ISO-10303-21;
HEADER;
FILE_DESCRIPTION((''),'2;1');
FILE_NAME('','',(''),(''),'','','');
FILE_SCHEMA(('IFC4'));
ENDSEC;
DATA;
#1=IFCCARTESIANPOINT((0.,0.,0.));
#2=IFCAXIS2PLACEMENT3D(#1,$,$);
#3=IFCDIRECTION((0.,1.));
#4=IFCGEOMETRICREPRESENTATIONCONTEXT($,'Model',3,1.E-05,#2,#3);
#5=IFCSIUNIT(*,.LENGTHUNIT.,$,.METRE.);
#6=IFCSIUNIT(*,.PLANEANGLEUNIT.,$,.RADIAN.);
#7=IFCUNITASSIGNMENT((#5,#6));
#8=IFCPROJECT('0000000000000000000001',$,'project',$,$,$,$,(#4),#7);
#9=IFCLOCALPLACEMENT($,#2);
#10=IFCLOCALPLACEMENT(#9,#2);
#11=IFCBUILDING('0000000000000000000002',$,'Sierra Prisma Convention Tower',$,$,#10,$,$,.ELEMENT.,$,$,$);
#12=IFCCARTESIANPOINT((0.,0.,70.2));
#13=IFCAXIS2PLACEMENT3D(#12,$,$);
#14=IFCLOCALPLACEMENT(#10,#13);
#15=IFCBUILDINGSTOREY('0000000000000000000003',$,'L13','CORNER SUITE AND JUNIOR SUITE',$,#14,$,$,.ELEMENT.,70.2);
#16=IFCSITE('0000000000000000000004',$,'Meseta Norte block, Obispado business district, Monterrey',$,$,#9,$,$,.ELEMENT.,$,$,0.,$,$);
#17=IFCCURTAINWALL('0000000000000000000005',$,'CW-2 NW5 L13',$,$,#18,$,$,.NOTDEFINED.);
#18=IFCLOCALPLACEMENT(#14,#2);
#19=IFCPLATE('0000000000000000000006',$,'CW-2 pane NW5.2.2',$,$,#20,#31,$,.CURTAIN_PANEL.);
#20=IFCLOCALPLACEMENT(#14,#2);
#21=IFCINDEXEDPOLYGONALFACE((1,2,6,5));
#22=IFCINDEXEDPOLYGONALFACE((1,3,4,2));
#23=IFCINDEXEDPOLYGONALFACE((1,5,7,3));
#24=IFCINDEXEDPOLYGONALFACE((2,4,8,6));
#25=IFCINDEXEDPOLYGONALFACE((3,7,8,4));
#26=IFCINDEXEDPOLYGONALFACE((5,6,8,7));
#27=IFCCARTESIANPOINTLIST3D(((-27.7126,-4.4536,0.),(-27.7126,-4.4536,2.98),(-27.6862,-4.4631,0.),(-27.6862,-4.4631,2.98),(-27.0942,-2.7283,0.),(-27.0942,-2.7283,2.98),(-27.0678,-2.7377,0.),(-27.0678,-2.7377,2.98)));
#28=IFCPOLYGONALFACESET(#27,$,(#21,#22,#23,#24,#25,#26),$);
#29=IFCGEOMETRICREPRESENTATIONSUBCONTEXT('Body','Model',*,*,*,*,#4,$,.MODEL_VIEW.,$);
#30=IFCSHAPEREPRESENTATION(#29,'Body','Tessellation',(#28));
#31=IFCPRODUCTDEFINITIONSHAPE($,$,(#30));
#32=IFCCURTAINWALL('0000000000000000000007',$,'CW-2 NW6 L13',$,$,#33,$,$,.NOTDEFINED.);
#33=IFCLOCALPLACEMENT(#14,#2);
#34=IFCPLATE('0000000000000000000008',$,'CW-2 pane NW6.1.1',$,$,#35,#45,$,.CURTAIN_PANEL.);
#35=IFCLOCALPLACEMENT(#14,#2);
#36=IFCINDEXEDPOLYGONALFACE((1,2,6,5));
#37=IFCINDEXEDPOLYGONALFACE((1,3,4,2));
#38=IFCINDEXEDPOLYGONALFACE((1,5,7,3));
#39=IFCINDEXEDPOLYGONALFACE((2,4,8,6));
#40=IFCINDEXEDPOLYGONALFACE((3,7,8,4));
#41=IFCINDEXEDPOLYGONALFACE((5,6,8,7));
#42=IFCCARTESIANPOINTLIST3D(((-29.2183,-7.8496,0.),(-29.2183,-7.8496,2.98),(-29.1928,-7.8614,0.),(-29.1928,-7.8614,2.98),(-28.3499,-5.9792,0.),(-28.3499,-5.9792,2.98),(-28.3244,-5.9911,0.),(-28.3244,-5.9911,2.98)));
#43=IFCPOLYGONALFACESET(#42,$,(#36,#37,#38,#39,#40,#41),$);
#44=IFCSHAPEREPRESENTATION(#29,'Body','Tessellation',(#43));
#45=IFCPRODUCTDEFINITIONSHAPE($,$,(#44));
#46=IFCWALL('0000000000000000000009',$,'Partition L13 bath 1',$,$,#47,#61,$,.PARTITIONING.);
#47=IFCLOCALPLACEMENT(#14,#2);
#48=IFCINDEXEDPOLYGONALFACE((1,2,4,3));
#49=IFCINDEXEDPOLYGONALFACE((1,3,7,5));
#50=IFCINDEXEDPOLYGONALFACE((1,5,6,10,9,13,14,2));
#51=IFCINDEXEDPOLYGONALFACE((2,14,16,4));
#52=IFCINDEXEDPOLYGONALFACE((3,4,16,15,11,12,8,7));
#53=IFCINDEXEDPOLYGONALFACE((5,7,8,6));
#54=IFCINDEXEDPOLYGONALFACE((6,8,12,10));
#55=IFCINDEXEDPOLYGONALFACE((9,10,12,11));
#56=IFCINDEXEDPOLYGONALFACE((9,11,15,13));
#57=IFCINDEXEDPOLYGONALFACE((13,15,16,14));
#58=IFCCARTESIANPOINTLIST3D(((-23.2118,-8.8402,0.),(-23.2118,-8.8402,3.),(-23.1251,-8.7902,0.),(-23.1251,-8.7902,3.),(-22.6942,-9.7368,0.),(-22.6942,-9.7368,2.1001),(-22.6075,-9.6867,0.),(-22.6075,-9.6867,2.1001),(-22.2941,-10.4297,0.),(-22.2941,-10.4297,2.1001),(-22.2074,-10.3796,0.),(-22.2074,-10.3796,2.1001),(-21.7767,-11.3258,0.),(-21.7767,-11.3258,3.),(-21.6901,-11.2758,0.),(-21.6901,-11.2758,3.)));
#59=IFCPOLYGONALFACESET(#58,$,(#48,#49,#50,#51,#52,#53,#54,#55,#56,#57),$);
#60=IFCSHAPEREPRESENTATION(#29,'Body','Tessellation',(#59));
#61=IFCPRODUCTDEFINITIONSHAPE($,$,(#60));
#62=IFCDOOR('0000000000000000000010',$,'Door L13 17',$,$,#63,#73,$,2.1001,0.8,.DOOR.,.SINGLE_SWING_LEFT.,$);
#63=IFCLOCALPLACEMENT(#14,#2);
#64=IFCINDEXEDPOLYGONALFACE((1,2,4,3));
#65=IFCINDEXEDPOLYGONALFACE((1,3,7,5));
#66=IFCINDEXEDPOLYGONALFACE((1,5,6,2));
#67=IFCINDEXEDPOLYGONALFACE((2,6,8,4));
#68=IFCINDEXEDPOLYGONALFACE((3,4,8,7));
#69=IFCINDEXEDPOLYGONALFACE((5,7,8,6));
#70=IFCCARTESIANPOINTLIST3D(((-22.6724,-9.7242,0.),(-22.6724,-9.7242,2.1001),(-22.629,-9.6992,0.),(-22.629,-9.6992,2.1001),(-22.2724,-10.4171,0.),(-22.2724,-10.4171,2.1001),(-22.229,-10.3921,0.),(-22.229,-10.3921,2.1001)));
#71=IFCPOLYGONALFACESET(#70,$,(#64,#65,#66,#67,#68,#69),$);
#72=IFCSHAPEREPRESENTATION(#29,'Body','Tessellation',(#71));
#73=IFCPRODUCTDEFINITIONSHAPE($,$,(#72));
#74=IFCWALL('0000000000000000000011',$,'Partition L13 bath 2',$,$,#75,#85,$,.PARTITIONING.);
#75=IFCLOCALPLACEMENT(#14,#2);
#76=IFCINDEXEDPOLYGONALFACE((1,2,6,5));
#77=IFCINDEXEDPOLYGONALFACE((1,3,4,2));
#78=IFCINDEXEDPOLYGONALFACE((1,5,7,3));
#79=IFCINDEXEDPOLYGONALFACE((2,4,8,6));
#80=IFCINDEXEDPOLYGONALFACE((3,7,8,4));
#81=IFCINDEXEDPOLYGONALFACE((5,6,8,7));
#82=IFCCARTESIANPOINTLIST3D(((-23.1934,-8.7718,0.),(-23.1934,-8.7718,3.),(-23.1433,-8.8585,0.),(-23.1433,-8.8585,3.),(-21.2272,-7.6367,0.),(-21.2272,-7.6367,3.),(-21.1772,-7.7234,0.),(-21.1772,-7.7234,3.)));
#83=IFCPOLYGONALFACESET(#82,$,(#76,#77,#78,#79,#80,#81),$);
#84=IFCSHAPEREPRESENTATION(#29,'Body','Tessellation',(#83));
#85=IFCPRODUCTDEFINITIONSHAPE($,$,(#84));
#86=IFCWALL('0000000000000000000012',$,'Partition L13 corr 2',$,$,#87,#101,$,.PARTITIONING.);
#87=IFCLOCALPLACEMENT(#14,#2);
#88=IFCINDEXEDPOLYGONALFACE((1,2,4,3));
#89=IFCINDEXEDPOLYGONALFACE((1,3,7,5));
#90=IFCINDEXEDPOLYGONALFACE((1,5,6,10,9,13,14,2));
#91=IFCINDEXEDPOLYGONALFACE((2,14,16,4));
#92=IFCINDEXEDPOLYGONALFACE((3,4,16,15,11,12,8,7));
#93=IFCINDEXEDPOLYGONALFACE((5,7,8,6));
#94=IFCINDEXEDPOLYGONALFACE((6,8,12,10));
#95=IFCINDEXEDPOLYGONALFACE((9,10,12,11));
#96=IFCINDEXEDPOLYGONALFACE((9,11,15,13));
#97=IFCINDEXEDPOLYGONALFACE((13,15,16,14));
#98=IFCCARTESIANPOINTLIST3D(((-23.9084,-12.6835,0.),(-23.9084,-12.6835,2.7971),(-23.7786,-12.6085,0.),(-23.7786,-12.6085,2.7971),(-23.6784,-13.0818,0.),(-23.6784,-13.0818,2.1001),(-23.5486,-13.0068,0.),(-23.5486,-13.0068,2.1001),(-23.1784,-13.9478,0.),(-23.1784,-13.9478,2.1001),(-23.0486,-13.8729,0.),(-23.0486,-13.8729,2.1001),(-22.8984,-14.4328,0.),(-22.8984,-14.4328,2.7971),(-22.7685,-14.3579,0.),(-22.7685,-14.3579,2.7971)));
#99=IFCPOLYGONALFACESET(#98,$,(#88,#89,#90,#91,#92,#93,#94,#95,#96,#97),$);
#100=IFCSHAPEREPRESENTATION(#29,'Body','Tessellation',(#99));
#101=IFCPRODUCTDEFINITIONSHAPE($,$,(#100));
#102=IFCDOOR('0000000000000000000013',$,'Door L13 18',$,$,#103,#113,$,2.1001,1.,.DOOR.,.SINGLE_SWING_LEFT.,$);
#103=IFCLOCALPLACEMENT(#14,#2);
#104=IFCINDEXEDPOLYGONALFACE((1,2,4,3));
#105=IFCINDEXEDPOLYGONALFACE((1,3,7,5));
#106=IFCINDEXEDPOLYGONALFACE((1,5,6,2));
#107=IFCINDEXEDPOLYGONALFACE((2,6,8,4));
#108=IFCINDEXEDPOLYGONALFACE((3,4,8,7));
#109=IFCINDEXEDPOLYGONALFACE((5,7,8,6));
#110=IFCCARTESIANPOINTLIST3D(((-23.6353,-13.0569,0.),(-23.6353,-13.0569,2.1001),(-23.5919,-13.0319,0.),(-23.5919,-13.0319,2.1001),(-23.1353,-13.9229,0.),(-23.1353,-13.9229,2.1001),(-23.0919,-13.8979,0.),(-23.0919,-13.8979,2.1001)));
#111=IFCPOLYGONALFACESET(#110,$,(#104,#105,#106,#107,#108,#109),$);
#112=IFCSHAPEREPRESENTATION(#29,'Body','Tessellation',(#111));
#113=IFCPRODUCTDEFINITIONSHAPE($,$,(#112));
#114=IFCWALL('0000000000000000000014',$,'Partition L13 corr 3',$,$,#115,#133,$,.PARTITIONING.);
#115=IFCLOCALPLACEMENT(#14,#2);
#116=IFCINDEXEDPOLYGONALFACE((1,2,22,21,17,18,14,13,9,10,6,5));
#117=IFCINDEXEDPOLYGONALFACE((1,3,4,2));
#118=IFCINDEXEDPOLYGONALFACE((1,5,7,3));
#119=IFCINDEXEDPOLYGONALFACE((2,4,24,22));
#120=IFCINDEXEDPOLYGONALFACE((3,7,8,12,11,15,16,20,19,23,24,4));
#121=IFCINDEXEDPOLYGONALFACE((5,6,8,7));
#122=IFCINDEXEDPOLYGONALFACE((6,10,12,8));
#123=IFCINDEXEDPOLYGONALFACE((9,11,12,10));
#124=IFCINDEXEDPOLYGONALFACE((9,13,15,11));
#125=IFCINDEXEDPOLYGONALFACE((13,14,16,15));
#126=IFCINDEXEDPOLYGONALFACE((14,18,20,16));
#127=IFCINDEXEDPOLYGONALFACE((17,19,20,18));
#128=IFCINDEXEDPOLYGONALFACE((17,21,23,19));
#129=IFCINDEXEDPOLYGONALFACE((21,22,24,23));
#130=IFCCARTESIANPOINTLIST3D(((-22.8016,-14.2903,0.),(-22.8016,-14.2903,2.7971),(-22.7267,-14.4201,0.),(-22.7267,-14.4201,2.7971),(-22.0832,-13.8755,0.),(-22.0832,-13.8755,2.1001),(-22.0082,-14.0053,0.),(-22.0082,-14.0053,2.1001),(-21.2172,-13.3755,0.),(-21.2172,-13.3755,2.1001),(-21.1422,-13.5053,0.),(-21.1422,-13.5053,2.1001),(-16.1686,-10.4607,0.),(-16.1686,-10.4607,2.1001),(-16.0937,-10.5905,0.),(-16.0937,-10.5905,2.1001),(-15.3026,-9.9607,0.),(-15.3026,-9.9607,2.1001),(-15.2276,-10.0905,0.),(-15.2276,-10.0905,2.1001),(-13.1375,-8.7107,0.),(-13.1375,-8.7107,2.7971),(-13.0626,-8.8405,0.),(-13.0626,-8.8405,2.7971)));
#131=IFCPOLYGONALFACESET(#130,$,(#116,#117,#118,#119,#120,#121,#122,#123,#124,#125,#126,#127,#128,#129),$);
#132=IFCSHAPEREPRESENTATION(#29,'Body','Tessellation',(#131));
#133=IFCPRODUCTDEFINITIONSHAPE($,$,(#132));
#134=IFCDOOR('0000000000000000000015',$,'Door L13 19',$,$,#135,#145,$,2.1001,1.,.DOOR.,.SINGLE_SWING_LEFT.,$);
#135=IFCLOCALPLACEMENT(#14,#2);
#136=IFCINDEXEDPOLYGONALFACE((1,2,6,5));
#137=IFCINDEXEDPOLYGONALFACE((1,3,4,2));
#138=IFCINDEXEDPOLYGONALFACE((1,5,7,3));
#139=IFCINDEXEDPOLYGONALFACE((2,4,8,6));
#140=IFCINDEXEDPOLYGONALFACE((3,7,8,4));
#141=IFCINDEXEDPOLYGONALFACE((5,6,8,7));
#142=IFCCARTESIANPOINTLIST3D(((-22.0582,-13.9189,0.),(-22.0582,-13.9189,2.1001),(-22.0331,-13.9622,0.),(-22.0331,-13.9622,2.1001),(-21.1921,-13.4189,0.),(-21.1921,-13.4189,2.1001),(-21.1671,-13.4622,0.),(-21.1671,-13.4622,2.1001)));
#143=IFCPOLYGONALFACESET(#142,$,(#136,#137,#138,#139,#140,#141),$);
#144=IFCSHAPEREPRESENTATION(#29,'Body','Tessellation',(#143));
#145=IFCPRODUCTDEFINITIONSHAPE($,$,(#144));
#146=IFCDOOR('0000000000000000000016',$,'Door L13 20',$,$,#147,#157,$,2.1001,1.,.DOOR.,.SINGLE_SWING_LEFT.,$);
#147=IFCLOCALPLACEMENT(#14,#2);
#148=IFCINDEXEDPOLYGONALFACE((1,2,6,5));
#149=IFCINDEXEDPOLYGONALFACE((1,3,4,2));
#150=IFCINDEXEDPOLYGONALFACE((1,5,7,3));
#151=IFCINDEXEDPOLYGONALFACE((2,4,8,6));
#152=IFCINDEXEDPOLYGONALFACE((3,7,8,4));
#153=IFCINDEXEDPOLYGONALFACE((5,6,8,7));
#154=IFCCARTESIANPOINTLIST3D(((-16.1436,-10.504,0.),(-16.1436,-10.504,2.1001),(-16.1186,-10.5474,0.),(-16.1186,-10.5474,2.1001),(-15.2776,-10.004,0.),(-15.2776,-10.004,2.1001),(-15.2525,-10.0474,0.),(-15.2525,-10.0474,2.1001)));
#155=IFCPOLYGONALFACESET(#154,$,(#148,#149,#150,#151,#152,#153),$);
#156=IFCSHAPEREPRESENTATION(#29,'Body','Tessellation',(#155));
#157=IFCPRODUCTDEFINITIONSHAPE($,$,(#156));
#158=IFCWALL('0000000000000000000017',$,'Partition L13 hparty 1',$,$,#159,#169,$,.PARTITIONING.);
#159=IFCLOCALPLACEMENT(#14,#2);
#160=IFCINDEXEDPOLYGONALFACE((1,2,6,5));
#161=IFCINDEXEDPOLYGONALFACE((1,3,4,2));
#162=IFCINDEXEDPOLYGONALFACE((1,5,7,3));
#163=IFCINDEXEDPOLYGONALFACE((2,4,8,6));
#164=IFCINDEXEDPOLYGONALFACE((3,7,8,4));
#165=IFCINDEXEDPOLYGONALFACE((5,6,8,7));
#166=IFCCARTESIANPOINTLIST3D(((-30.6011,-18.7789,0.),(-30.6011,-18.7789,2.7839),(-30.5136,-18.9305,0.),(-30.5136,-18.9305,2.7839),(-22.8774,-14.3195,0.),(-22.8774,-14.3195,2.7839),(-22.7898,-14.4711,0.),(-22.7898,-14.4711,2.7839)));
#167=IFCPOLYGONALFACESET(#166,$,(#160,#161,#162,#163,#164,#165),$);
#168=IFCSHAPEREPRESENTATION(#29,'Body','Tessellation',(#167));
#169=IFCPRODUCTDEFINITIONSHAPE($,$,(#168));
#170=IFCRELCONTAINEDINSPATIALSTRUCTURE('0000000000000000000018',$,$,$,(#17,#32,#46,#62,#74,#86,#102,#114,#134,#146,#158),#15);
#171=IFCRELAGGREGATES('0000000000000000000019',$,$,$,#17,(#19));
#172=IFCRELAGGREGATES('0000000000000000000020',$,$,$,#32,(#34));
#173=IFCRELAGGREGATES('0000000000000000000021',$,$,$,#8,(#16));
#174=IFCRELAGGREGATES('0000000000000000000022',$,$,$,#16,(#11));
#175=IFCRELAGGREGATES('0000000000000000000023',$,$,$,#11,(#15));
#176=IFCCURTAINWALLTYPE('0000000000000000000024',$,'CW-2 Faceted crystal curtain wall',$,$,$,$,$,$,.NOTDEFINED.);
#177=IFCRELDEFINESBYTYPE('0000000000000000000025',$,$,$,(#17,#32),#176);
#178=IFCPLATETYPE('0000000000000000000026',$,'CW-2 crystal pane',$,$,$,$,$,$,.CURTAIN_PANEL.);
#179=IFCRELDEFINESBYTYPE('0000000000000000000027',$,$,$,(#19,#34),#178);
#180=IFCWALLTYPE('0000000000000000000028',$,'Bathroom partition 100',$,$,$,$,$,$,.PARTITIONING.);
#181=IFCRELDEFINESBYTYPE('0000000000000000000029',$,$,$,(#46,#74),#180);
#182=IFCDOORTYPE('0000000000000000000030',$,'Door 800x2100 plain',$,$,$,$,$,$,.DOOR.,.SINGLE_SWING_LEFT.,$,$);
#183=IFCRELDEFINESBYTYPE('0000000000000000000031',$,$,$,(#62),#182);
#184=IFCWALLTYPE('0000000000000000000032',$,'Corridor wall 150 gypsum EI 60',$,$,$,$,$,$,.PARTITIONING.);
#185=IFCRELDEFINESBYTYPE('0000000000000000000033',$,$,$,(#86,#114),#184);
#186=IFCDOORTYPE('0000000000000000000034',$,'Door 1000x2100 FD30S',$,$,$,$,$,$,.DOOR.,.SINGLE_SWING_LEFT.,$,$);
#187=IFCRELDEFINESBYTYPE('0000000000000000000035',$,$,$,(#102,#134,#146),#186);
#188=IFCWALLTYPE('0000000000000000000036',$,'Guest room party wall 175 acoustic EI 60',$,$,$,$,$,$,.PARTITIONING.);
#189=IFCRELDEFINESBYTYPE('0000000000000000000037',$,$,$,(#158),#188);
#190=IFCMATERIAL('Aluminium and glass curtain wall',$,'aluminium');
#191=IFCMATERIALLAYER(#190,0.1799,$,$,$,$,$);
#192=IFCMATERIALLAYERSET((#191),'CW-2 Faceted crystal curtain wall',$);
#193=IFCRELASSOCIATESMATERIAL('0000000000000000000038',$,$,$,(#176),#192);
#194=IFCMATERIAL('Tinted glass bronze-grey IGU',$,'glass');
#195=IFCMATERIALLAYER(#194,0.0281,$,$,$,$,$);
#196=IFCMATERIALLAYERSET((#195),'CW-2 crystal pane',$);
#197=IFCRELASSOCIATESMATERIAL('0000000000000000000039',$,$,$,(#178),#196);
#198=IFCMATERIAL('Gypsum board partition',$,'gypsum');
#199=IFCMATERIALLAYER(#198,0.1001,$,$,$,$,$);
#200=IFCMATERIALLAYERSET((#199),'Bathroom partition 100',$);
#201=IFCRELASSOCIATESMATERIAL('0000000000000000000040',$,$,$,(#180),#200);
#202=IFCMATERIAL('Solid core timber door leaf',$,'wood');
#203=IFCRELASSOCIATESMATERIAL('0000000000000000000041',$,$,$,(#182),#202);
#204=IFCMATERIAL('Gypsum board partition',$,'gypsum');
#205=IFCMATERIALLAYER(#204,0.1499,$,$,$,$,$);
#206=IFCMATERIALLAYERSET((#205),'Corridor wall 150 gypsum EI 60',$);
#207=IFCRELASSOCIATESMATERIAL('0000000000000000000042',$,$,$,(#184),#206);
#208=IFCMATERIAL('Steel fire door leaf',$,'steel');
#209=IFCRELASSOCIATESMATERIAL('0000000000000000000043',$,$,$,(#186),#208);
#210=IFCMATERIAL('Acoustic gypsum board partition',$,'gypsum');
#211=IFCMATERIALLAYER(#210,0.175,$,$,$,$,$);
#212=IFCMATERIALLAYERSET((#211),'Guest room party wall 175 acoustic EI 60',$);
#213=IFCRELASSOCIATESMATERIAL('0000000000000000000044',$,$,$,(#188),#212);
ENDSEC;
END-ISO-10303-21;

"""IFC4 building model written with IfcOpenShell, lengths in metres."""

from ifc_helpers import new_model, si_unit, direction, frame, frame_2d, origin, place, context, subcontext, project, spatial, polyline, rectangle, outline, extrude, material, layer, layer_set, type_object, element, fill, aggregate, save


model = new_model("IFC4")

# Units and contexts
model_context = context("Model", 3, precision=1e-05, world=origin(), true_north=direction((0.0, 1.0)))
body_context = subcontext(model_context, "Body", "Model", "MODEL_VIEW")
ifc_project = project(units=[si_unit("LENGTHUNIT", "METRE"), si_unit("PLANEANGLEUNIT", "RADIAN")], contexts=[model_context])

# Site, building, storey
site_placement = place(None, origin())
site = spatial("IfcSite", under=ifc_project, at=site_placement, Name="Meseta Norte block, Obispado business district, Monterrey", CompositionType="ELEMENT", RefElevation=0.0)
building_placement = place(site_placement, origin())
building = spatial("IfcBuilding", under=site, at=building_placement, Name="Sierra Prisma Convention Tower", CompositionType="ELEMENT")
storey_placement = place(building_placement, frame((0.0, 0.0, 70.2)))
storey = spatial("IfcBuildingStorey", under=building, at=storey_placement, Name="L13", Description="CORNER SUITE AND JUNIOR SUITE", CompositionType="ELEMENT", Elevation=70.2)

# Curtain wall
ifc_material_1 = material(Name="Aluminium and glass curtain wall", Category="aluminium")
ifc_layer_1 = layer(ifc_material_1, 0.1799)
ifc_layer_set_1 = layer_set([ifc_layer_1], Name="CW-2 Faceted crystal curtain wall")
curtain_wall_type = type_object("IfcCurtainWallType", Name="CW-2 Faceted crystal curtain wall", PredefinedType="NOTDEFINED", material=ifc_layer_set_1)
curtain_wall_1_placement = place(storey_placement, origin())
curtain_wall_1 = element("IfcCurtainWall", 1, at=curtain_wall_1_placement, inside=storey, type_object=curtain_wall_type, Name="CW-2 NW5 L13", PredefinedType="NOTDEFINED")

# Plate
ifc_material_2 = material(Name="Tinted glass bronze-grey IGU", Category="glass")
ifc_layer_2 = layer(ifc_material_2, 0.0281)
ifc_layer_set_2 = layer_set([ifc_layer_2], Name="CW-2 crystal pane")
plate_type = type_object("IfcPlateType", Name="CW-2 crystal pane", PredefinedType="CURTAIN_PANEL", material=ifc_layer_set_2)
plate_1_placement = place(storey_placement, frame((-27.7126, -4.4536, 0.0), z_axis=(-0.941359, 0.337408, 0.0), x_axis=(0.337408, 0.941359, 0.0)))
plate_1 = element("IfcPlate", 2, at=plate_1_placement, type_object=plate_type, Name="CW-2 pane NW5.2.2", PredefinedType="CURTAIN_PANEL", context=body_context, shape_type="SweptSolid", body=[
    extrude(outline(polyline([(0.0, 0.0), (1.8328, 0.0), (1.8328, -2.98), (0.0, -2.98), (0.0, 0.0)])), origin(), (0.0, 0.0, -1.0), 0.0281),
])
aggregate(curtain_wall_1, [plate_1])

# Curtain wall, plate
curtain_wall_2_placement = place(storey_placement, origin())
curtain_wall_2 = element("IfcCurtainWall", 3, at=curtain_wall_2_placement, inside=storey, type_object=curtain_wall_type, Name="CW-2 NW6 L13", PredefinedType="NOTDEFINED")
plate_2_placement = place(storey_placement, frame((-28.3499, -5.9792, 0.0), z_axis=(-0.907004, 0.421122, 0.0), x_axis=(-0.421122, -0.907004, 0.0)))
plate_2 = element("IfcPlate", 4, at=plate_2_placement, type_object=plate_type, Name="CW-2 pane NW6.1.1", PredefinedType="CURTAIN_PANEL", context=body_context, shape_type="SweptSolid", body=[
    extrude(outline(polyline([(0.0, 0.0), (2.0621, 0.0), (2.0621, 2.98), (0.0, 2.98), (0.0, 0.0)])), origin(), (0.0, 0.0, -1.0), 0.0281),
])
aggregate(curtain_wall_2, [plate_2])

# Wall, opening, door
ifc_material_3 = material(Name="Gypsum board partition", Category="gypsum")
ifc_layer_3 = layer(ifc_material_3, 0.1001)
ifc_layer_set_3 = layer_set([ifc_layer_3], Name="Bathroom partition 100")
wall_type_1 = type_object("IfcWallType", Name="Bathroom partition 100", PredefinedType="PARTITIONING", material=ifc_layer_set_3)
wall_1_placement = place(storey_placement, frame((-21.7334, -11.3008, 0.0), z_axis=(0.0, 0.0, 1.0), x_axis=(-0.5, 0.866026, 0.0)))
wall_1 = element("IfcWall", 5, at=wall_1_placement, inside=storey, type_object=wall_type_1, Name="Partition L13 bath 1", PredefinedType="PARTITIONING", context=body_context, shape_type="SweptSolid", body=[
    extrude(rectangle(XDim=2.8701, YDim=0.1001, at=frame_2d((1.4351, 0.0))), origin(), (0.0, 0.0, 1.0), 3.0),
])
opening_1_placement = place(wall_1_placement, frame((1.0349, 0.0, 0.0)))
opening_1 = element("IfcOpeningElement", 6, at=opening_1_placement, cuts=wall_1, PredefinedType="OPENING", context=body_context, shape_type="SweptSolid", body=[
    extrude(rectangle(XDim=0.8, YDim=2.1001, at=frame_2d((0.3999, 1.05))), frame((0.0, 0.05, 0.0), z_axis=(0.0, -1.0, 0.0), x_axis=(1.0, 0.0, 0.0)), (0.0, 0.0, 1.0), 0.1001),
])
ifc_material_4 = material(Name="Solid core timber door leaf", Category="wood")
door_type_1 = type_object("IfcDoorType", Name="Door 800x2100 plain", OperationType="SINGLE_SWING_LEFT", PredefinedType="DOOR", material=ifc_material_4)
door_1_placement = place(opening_1_placement, origin())
door_1 = element("IfcDoor", 7, at=door_1_placement, inside=storey, type_object=door_type_1, Name="Door L13 17", OperationType="SINGLE_SWING_LEFT", OverallHeight=2.1001, OverallWidth=0.8, PredefinedType="DOOR", context=body_context, shape_type="SweptSolid", body=[
    extrude(rectangle(XDim=0.8, YDim=2.1001, at=frame_2d((0.3999, 1.05))), frame((0.0, 0.0249, 0.0), z_axis=(0.0, -1.0, 0.0), x_axis=(1.0, 0.0, 0.0)), (0.0, 0.0, 1.0), 0.05),
])
fill(opening_1, door_1)

# Wall
wall_2_placement = place(storey_placement, frame((-23.1685, -8.8152, 0.0), z_axis=(0.0, 0.0, 1.0), x_axis=(0.866044, 0.499968, 0.0)))
element("IfcWall", 8, at=wall_2_placement, inside=storey, type_object=wall_type_1, Name="Partition L13 bath 2", PredefinedType="PARTITIONING", context=body_context, shape_type="SweptSolid", body=[
    extrude(rectangle(XDim=2.2703, YDim=0.1001, at=frame_2d((1.1353, 0.0))), origin(), (0.0, 0.0, 1.0), 3.0),
])

# Wall, opening, door
ifc_material_5 = material(Name="Gypsum board partition", Category="gypsum")
ifc_layer_4 = layer(ifc_material_5, 0.1499)
ifc_layer_set_4 = layer_set([ifc_layer_4], Name="Corridor wall 150 gypsum EI 60")
wall_type_2 = type_object("IfcWallType", Name="Corridor wall 150 gypsum EI 60", PredefinedType="PARTITIONING", material=ifc_layer_set_4)
wall_3_placement = place(storey_placement, frame((-23.8435, -12.646, 0.0), z_axis=(0.0, 0.0, 1.0), x_axis=(0.500026, -0.86601, 0.0)))
wall_3 = element("IfcWall", 9, at=wall_3_placement, inside=storey, type_object=wall_type_2, Name="Partition L13 corr 2", PredefinedType="PARTITIONING", context=body_context, shape_type="SweptSolid", body=[
    extrude(rectangle(XDim=2.02, YDim=0.1499, at=frame_2d((1.01, 0.0))), origin(), (0.0, 0.0, 1.0), 2.7971),
])
opening_2_placement = place(wall_3_placement, frame((0.46, 0.0, 0.0)))
opening_2 = element("IfcOpeningElement", 10, at=opening_2_placement, cuts=wall_3, PredefinedType="OPENING", context=body_context, shape_type="SweptSolid", body=[
    extrude(rectangle(XDim=1.0, YDim=2.1001, at=frame_2d((0.5, 1.05))), frame((0.0, 0.075, 0.0), z_axis=(0.0, -1.0, 0.0), x_axis=(1.0, 0.0, 0.0)), (0.0, 0.0, 1.0), 0.1499),
])
ifc_material_6 = material(Name="Steel fire door leaf", Category="steel")
door_type_2 = type_object("IfcDoorType", Name="Door 1000x2100 FD30S", OperationType="SINGLE_SWING_LEFT", PredefinedType="DOOR", material=ifc_material_6)
door_2_placement = place(opening_2_placement, origin())
door_2 = element("IfcDoor", 11, at=door_2_placement, inside=storey, type_object=door_type_2, Name="Door L13 18", OperationType="SINGLE_SWING_LEFT", OverallHeight=2.1001, OverallWidth=1.0, PredefinedType="DOOR", context=body_context, shape_type="SweptSolid", body=[
    extrude(rectangle(XDim=1.0, YDim=2.1001, at=frame_2d((0.5, 1.05))), frame((0.0, 0.0249, 0.0), z_axis=(0.0, -1.0, 0.0), x_axis=(1.0, 0.0, 0.0)), (0.0, 0.0, 1.0), 0.05),
])
fill(opening_2, door_2)

# Wall, openings, doors
wall_4_placement = place(storey_placement, frame((-22.7642, -14.3552, 0.0), z_axis=(0.0, 0.0, 1.0), x_axis=(0.866024, 0.500003, 0.0)))
wall_4 = element("IfcWall", 12, at=wall_4_placement, inside=storey, type_object=wall_type_2, Name="Partition L13 corr 3", PredefinedType="PARTITIONING", context=body_context, shape_type="SweptSolid", body=[
    extrude(rectangle(XDim=11.1592, YDim=0.1499, at=frame_2d((5.5796, 0.0))), origin(), (0.0, 0.0, 1.0), 2.7971),
])
opening_3_placement = place(wall_4_placement, frame((0.8296, 0.0, 0.0)))
opening_3 = element("IfcOpeningElement", 13, at=opening_3_placement, cuts=wall_4, PredefinedType="OPENING", context=body_context, shape_type="SweptSolid", body=[
    extrude(rectangle(XDim=1.0, YDim=2.1001, at=frame_2d((0.5, 1.05))), frame((0.0, 0.075, 0.0), z_axis=(0.0, -1.0, 0.0), x_axis=(1.0, 0.0, 0.0)), (0.0, 0.0, 1.0), 0.1499),
])
opening_4_placement = place(wall_4_placement, frame((7.6592, 0.0, 0.0)))
opening_4 = element("IfcOpeningElement", 14, at=opening_4_placement, cuts=wall_4, PredefinedType="OPENING", context=body_context, shape_type="SweptSolid", body=[
    extrude(rectangle(XDim=1.0, YDim=2.1001, at=frame_2d((0.5, 1.05))), frame((0.0, 0.075, 0.0), z_axis=(0.0, -1.0, 0.0), x_axis=(1.0, 0.0, 0.0)), (0.0, 0.0, 1.0), 0.1499),
])
door_3_placement = place(opening_3_placement, origin())
door_3 = element("IfcDoor", 15, at=door_3_placement, inside=storey, type_object=door_type_2, Name="Door L13 19", OperationType="SINGLE_SWING_LEFT", OverallHeight=2.1001, OverallWidth=1.0, PredefinedType="DOOR", context=body_context, shape_type="SweptSolid", body=[
    extrude(rectangle(XDim=1.0, YDim=2.1001, at=frame_2d((0.5, 1.05))), frame((0.0, 0.0249, 0.0), z_axis=(0.0, -1.0, 0.0), x_axis=(1.0, 0.0, 0.0)), (0.0, 0.0, 1.0), 0.05),
])
fill(opening_3, door_3)
door_4_placement = place(opening_4_placement, origin())
door_4 = element("IfcDoor", 16, at=door_4_placement, inside=storey, type_object=door_type_2, Name="Door L13 20", OperationType="SINGLE_SWING_LEFT", OverallHeight=2.1001, OverallWidth=1.0, PredefinedType="DOOR", context=body_context, shape_type="SweptSolid", body=[
    extrude(rectangle(XDim=1.0, YDim=2.1001, at=frame_2d((0.5, 1.05))), frame((0.0, 0.0249, 0.0), z_axis=(0.0, -1.0, 0.0), x_axis=(1.0, 0.0, 0.0)), (0.0, 0.0, 1.0), 0.05),
])
fill(opening_4, door_4)

# Wall
ifc_material_7 = material(Name="Acoustic gypsum board partition", Category="gypsum")
ifc_layer_5 = layer(ifc_material_7, 0.175)
ifc_layer_set_5 = layer_set([ifc_layer_5], Name="Guest room party wall 175 acoustic EI 60")
wall_type_3 = type_object("IfcWallType", Name="Guest room party wall 175 acoustic EI 60", PredefinedType="PARTITIONING", material=ifc_layer_set_5)
wall_5_placement = place(storey_placement, frame((-22.8335, -14.3953, 0.0), z_axis=(0.0, 0.0, 1.0), x_axis=(-0.866021, -0.500008, 0.0)))
element("IfcWall", 17, at=wall_5_placement, inside=storey, type_object=wall_type_3, Name="Partition L13 hparty 1", PredefinedType="PARTITIONING", context=body_context, shape_type="SweptSolid", body=[
    extrude(rectangle(XDim=8.9187, YDim=0.175, at=frame_2d((4.4595, 0.0))), origin(), (0.0, 0.0, 1.0), 2.7839),
])

save(model, "model.ifc")
